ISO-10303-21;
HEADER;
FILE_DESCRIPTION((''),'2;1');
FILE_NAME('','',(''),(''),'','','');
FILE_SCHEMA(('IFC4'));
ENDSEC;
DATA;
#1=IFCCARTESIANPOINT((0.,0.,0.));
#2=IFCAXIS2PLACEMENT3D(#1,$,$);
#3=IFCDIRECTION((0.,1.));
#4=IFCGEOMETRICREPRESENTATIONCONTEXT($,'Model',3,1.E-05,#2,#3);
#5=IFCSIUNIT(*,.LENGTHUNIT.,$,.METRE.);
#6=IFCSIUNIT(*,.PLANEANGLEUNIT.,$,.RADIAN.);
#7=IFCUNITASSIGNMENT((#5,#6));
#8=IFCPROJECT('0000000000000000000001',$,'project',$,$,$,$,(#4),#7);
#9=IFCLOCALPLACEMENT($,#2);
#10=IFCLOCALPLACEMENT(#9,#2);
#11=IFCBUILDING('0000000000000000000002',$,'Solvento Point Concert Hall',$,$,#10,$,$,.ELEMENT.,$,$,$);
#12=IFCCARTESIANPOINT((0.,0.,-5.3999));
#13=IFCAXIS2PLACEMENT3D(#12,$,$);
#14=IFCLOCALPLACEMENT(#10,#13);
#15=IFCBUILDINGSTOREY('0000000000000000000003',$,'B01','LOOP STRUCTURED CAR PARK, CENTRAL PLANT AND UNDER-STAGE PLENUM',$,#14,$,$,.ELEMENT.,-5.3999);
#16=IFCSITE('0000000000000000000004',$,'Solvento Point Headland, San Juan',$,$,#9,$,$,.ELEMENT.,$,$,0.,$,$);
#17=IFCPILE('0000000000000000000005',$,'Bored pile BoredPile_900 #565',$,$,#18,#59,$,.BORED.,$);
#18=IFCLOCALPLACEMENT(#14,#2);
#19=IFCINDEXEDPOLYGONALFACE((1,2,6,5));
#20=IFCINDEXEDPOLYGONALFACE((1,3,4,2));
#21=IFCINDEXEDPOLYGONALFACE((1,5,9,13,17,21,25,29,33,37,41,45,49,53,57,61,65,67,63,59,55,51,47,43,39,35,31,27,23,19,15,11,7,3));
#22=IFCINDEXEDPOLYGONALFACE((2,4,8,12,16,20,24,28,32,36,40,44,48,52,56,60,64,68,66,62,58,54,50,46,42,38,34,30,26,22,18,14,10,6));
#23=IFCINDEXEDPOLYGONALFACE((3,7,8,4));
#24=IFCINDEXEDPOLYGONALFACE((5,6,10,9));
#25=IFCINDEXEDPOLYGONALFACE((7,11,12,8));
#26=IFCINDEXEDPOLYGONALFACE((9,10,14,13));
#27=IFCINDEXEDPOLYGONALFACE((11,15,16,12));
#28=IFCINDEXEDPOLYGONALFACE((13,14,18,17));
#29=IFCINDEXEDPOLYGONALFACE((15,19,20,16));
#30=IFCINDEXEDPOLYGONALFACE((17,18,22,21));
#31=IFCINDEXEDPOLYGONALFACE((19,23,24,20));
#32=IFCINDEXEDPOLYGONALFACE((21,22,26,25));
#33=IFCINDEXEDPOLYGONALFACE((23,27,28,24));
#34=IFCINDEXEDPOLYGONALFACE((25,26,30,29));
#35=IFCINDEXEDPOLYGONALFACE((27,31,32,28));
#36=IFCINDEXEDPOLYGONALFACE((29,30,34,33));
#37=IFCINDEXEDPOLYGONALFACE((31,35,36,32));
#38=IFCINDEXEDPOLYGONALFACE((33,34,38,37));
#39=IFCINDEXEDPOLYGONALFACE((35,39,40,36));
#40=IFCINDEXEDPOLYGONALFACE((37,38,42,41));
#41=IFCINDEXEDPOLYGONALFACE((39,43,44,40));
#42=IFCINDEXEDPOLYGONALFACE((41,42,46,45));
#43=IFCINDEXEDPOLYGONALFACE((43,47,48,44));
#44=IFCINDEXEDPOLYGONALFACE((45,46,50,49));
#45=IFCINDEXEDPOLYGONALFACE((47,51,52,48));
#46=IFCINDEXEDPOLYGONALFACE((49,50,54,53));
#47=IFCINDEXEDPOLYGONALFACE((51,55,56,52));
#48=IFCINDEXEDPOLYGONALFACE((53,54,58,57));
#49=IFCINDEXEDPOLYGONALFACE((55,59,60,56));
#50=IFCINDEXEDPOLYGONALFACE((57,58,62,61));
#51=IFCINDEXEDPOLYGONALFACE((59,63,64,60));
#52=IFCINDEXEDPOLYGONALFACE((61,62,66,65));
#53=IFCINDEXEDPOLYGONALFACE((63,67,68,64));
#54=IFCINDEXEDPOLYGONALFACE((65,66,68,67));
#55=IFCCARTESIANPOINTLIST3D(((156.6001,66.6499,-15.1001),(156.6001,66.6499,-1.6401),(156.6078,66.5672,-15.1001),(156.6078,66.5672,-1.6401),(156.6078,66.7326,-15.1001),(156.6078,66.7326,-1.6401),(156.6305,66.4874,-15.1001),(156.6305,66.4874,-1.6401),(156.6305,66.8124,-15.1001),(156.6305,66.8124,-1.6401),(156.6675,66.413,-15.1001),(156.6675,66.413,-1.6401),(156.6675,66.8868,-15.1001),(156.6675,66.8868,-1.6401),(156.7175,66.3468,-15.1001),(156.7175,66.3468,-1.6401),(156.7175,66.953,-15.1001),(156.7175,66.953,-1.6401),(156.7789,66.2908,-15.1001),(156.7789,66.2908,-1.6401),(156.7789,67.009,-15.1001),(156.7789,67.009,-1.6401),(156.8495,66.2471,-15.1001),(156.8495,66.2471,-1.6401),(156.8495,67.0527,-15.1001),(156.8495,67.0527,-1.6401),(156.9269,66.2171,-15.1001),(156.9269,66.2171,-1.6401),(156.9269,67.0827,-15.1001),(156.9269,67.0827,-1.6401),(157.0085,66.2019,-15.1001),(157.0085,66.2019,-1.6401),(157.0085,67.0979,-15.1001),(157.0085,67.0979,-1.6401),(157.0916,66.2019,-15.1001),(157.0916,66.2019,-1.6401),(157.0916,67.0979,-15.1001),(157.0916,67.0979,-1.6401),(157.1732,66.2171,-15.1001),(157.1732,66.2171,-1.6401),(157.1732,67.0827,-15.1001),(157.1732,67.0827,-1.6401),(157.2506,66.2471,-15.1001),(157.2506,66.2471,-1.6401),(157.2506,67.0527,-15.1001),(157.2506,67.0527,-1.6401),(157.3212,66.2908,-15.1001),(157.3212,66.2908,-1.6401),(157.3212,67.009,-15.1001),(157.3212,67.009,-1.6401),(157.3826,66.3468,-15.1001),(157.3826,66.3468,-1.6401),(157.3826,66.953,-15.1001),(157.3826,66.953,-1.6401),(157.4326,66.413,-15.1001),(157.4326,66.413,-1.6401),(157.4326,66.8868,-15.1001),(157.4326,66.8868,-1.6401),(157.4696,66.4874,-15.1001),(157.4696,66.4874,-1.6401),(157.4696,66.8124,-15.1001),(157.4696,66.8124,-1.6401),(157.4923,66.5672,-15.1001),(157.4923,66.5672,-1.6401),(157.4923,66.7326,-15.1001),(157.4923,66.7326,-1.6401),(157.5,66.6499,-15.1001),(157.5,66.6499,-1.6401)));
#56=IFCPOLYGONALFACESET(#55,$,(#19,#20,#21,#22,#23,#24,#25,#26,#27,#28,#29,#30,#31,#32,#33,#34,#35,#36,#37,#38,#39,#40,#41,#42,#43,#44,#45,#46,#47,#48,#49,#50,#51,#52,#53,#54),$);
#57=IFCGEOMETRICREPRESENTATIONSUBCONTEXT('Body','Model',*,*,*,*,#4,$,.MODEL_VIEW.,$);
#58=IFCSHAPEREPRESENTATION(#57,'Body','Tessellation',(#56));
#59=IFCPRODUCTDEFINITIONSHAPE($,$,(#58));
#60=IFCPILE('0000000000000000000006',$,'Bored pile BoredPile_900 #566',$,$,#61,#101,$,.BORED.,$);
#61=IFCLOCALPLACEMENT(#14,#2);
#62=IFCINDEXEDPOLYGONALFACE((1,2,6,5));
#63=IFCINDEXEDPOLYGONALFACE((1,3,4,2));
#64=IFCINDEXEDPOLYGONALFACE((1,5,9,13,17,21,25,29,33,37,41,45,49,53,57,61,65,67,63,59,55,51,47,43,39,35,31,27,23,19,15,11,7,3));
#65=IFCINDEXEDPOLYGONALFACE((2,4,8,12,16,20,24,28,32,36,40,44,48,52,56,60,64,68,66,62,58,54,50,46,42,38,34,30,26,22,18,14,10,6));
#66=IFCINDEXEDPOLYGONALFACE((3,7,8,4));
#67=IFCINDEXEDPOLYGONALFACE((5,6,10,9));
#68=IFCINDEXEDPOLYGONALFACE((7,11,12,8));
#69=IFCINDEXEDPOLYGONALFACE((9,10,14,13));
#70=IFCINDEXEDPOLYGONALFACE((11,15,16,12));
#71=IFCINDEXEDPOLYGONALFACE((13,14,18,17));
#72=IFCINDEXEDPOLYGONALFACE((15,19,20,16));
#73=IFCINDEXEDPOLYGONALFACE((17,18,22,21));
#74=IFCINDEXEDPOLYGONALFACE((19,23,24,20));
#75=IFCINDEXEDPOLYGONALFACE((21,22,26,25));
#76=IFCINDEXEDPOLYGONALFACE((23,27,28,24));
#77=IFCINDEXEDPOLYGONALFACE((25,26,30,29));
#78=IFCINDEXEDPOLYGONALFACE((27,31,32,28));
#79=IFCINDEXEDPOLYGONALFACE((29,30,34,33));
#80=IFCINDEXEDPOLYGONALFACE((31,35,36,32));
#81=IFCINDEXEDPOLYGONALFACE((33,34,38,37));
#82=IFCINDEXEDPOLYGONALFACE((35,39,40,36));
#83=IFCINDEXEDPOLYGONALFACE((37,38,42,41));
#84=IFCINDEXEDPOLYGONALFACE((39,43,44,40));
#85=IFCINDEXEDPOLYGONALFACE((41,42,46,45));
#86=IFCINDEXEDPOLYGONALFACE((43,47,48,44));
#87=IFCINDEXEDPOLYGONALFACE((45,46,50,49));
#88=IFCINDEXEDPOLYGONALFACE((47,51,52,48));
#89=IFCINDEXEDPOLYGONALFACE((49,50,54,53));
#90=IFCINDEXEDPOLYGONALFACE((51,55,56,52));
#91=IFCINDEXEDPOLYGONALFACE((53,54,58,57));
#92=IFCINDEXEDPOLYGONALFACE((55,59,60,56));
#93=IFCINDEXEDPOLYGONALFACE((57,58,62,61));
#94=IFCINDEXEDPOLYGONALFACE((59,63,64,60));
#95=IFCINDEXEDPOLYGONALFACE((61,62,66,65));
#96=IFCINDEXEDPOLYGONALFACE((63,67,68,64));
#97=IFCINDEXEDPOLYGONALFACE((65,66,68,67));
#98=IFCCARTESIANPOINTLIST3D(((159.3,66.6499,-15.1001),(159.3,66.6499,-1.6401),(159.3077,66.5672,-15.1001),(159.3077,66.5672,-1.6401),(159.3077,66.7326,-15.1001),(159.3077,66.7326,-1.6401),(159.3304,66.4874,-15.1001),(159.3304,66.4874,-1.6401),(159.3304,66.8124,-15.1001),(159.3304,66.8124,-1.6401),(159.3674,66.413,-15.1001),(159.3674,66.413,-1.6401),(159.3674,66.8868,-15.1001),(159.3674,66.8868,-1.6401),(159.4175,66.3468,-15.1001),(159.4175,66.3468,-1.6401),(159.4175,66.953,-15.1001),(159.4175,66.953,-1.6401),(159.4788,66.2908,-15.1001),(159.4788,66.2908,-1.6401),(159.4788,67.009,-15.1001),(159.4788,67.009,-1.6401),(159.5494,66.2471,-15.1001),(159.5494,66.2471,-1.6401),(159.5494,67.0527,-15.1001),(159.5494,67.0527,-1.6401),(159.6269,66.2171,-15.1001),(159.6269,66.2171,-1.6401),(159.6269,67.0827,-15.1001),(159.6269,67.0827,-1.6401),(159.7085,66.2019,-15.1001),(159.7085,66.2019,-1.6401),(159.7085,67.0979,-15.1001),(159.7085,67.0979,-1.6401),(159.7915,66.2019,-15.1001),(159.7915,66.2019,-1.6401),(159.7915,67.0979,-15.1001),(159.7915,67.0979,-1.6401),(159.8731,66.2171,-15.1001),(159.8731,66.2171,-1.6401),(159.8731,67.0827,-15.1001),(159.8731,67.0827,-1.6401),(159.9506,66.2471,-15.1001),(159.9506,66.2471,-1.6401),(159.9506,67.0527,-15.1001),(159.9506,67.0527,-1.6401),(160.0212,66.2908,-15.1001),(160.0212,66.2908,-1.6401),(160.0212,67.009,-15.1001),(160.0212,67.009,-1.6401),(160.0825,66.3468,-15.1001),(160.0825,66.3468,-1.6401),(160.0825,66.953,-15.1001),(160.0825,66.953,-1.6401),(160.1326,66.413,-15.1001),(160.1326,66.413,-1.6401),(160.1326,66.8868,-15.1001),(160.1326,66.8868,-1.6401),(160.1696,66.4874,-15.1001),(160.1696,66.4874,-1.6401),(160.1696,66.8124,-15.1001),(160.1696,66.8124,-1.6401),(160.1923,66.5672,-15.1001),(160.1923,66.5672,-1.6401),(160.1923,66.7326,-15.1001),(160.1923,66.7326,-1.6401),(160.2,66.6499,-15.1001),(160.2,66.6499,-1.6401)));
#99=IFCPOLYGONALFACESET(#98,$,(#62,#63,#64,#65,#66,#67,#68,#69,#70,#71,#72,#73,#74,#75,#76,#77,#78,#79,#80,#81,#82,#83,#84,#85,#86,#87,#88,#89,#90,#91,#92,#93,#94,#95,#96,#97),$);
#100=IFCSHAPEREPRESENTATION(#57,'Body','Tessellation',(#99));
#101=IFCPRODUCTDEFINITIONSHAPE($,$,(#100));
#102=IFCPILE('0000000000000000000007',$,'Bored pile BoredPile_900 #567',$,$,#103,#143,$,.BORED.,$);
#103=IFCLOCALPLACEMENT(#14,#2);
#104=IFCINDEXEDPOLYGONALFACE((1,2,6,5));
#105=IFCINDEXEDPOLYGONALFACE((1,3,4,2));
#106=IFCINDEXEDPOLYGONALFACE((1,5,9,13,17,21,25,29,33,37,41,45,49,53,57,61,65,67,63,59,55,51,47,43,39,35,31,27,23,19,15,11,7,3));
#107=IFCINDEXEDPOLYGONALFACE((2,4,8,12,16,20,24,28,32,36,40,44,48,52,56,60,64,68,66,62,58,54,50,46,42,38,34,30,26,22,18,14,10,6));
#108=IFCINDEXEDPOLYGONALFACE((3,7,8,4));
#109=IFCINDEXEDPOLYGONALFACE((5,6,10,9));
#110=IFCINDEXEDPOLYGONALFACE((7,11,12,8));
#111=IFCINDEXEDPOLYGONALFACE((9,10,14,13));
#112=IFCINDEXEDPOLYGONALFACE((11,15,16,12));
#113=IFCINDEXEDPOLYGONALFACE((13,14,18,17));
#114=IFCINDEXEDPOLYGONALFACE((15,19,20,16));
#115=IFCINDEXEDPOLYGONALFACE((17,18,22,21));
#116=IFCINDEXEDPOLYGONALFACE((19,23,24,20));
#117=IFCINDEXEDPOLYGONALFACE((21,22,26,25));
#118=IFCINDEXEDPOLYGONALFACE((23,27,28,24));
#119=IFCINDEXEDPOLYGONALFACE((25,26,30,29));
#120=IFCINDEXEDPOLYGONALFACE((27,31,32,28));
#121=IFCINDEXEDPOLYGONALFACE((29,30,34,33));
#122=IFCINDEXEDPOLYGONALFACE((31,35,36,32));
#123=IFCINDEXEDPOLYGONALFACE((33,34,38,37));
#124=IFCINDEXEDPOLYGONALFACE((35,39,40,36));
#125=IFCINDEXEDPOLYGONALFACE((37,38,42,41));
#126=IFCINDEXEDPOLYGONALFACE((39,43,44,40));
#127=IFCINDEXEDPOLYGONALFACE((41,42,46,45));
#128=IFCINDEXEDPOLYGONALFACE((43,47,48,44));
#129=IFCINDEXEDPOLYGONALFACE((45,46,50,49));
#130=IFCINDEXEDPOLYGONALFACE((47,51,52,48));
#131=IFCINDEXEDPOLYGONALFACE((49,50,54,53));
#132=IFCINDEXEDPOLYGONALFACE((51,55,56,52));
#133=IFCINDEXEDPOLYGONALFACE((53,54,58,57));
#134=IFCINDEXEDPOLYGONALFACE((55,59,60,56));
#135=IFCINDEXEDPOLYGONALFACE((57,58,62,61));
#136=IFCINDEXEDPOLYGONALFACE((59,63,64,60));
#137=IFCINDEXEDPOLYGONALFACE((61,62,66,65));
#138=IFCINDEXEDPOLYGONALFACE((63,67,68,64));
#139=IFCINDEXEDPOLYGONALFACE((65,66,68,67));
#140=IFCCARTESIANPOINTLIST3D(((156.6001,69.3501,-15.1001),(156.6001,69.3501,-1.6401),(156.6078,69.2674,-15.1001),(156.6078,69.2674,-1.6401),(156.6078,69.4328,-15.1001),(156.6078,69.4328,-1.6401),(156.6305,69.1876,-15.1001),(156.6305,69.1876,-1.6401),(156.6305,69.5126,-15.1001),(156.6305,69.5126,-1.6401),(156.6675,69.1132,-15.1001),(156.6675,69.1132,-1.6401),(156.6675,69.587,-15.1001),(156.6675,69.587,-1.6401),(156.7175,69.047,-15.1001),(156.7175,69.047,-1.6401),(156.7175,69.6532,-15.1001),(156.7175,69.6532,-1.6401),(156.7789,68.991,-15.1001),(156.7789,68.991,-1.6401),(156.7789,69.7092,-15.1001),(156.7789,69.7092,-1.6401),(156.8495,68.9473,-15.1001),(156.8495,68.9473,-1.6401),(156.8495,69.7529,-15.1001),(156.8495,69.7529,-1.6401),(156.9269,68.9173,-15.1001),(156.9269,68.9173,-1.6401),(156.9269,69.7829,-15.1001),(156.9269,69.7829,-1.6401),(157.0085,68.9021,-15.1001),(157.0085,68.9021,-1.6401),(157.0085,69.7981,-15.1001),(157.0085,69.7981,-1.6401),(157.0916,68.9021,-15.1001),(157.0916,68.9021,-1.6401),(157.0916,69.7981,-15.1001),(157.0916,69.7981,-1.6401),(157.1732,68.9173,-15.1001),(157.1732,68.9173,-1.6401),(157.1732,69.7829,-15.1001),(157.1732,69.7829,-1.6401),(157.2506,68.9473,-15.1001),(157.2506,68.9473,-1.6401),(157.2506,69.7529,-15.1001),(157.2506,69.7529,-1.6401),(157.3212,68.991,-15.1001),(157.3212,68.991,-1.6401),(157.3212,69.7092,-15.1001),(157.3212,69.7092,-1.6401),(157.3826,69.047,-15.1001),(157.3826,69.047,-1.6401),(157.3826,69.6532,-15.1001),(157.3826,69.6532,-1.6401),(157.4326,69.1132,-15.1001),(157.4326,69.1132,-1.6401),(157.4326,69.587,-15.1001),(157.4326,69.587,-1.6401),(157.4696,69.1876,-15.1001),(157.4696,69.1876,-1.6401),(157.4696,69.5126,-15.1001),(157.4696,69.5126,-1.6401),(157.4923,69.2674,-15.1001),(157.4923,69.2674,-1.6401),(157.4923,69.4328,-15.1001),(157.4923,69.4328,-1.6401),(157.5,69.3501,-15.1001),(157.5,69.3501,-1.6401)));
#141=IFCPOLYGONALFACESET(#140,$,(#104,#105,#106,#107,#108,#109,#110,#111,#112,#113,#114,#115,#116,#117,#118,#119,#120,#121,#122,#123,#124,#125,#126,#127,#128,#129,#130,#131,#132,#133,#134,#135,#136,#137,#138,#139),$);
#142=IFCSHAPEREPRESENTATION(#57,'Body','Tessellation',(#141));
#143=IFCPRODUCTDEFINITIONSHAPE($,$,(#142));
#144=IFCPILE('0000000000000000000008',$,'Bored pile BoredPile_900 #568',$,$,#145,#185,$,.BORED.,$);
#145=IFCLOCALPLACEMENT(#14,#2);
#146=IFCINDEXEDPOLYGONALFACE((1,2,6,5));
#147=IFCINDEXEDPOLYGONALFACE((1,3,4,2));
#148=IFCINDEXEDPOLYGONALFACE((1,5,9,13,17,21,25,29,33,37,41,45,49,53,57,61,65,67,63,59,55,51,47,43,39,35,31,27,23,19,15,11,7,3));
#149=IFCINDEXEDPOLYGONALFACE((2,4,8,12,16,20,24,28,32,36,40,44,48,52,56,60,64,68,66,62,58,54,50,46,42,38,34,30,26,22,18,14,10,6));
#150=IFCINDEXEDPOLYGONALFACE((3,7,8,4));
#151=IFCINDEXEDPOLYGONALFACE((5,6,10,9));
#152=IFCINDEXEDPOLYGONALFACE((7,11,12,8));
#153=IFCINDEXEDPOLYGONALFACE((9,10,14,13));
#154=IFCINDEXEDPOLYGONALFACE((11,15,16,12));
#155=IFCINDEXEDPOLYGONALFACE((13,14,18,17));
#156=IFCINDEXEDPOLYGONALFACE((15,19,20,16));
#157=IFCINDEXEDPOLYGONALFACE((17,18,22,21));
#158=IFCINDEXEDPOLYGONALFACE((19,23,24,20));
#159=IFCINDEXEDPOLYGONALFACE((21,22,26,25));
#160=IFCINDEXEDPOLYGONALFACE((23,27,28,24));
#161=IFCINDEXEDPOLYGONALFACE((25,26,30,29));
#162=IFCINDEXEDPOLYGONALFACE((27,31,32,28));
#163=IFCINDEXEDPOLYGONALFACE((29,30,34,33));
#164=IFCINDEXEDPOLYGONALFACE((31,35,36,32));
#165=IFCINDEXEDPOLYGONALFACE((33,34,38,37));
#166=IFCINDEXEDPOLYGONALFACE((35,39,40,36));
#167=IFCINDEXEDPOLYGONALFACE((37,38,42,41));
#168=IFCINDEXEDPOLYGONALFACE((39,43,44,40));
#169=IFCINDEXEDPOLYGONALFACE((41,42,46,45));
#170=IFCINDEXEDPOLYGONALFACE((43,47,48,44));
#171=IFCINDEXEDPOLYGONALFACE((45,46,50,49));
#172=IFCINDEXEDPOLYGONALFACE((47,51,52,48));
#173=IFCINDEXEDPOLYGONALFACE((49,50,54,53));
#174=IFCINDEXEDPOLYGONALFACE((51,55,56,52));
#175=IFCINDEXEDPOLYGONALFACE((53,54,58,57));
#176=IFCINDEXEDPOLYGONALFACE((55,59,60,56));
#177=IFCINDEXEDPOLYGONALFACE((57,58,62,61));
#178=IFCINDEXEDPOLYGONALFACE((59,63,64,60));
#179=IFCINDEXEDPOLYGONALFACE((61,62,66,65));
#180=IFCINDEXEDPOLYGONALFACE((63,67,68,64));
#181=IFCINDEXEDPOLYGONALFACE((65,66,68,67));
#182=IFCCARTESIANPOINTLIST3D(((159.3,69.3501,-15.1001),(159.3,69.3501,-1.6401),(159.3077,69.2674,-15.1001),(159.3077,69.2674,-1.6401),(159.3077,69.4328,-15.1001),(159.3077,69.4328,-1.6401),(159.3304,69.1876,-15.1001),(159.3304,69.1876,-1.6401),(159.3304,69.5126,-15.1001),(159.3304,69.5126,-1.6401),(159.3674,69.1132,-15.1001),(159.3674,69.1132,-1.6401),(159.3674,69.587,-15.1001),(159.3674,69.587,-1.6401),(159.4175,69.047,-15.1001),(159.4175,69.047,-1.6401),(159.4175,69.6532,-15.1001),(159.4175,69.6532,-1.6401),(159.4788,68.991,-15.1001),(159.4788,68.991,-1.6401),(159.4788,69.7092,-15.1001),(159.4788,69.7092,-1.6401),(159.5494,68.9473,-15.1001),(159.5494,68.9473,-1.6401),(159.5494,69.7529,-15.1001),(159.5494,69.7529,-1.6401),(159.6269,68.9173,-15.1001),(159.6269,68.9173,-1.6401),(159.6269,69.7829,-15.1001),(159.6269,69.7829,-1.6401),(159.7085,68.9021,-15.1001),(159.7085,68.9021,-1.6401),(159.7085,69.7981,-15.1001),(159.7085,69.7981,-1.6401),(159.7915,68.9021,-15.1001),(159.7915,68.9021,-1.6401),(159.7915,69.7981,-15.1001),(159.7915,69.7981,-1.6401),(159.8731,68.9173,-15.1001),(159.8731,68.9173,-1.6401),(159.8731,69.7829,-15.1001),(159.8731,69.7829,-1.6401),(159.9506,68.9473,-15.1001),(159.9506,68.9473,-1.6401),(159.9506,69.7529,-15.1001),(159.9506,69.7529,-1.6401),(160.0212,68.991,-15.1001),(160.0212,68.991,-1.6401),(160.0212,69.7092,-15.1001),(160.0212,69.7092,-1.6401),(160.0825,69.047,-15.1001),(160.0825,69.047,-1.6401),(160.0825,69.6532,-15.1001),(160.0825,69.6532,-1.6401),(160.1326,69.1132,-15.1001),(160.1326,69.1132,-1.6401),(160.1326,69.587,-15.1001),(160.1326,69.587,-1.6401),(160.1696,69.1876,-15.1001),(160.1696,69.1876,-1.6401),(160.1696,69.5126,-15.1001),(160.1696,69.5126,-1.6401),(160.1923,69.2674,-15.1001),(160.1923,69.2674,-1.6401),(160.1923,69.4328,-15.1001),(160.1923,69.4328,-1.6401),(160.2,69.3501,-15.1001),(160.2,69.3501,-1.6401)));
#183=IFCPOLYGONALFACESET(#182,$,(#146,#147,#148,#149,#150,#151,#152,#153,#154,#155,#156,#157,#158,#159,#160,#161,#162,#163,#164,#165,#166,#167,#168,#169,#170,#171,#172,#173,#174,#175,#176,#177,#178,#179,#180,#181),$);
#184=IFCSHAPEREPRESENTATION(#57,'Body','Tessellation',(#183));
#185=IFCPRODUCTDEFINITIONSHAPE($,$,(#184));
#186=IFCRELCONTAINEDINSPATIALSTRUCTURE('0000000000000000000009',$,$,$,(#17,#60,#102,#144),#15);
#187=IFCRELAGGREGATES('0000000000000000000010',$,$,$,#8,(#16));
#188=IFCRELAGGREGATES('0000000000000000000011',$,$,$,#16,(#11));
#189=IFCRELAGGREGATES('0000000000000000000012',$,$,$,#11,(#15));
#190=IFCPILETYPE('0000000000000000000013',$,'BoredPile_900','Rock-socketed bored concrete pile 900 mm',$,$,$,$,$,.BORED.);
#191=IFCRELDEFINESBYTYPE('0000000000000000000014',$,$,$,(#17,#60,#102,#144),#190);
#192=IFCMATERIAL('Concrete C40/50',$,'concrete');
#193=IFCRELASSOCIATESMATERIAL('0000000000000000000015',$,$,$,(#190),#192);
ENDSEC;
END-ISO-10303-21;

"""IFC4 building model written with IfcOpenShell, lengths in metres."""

from ifc_helpers import new_model, si_unit, direction, frame, origin, origin_2d, place, context, subcontext, project, spatial, circle, extrude, material, material_profile, profile_set, type_object, element, save


model = new_model("IFC4")

# Units and contexts
model_context = context("Model", 3, precision=1e-05, world=origin(), true_north=direction((0.0, 1.0)))
body_context = subcontext(model_context, "Body", "Model", "MODEL_VIEW")
ifc_project = project(units=[si_unit("LENGTHUNIT", "METRE"), si_unit("PLANEANGLEUNIT", "RADIAN")], contexts=[model_context])

# Site, building, storey
site_placement = place(None, origin())
site = spatial("IfcSite", under=ifc_project, at=site_placement, Name="Solvento Point Headland, San Juan", CompositionType="ELEMENT", RefElevation=0.0)
building_placement = place(site_placement, origin())
building = spatial("IfcBuilding", under=site, at=building_placement, Name="Solvento Point Concert Hall", CompositionType="ELEMENT")
storey_placement = place(building_placement, frame((0.0, 0.0, -5.3999)))
storey = spatial("IfcBuildingStorey", under=building, at=storey_placement, Name="B01", Description="LOOP STRUCTURED CAR PARK, CENTRAL PLANT AND UNDER-STAGE PLENUM", CompositionType="ELEMENT", Elevation=-5.3999)

# Piles
ifc_material_1 = material(Name="Concrete C40/50", Category="concrete")
ifc_material_profile_1 = material_profile(ifc_material_1, circle(Radius=0.45, at=origin_2d()), Name="BP-900")
ifc_profile_set_1 = profile_set([ifc_material_profile_1], Name="Concrete C40/50")
pile_type_1 = type_object("IfcPileType", Name="BoredPile_900", Description="Rock-socketed bored concrete pile 900 mm", PredefinedType="BORED", material=ifc_profile_set_1)
for number, where, z_axis, x_axis, name in (
    (1, (157.05, 66.6499, -1.6401), (0.0, 0.0, -1.0), (1.0, 0.0, 0.0), "Bored pile BoredPile_900 #565"),
    (2, (159.75, 66.6499, -1.6401), (0.0, 0.0, -1.0), (1.0, 0.0, 0.0), "Bored pile BoredPile_900 #566"),
    (3, (157.05, 69.3501, -1.6401), (0.0, 0.0, -1.0), (1.0, 0.0, 0.0), "Bored pile BoredPile_900 #567"),
    (4, (159.75, 69.3501, -1.6401), (0.0, 0.0, -1.0), (1.0, 0.0, 0.0), "Bored pile BoredPile_900 #568"),
):
    element("IfcPile", number, at=place(storey_placement, frame(where, z_axis=z_axis, x_axis=x_axis)), inside=storey, type_object=pile_type_1, Name=name, PredefinedType="BORED", context=body_context, shape_type="SweptSolid", body=[
        extrude(circle(Radius=0.45, at=origin_2d()), origin(), (0.0, 0.0, 1.0), 13.46),
    ])

save(model, "model.ifc")
